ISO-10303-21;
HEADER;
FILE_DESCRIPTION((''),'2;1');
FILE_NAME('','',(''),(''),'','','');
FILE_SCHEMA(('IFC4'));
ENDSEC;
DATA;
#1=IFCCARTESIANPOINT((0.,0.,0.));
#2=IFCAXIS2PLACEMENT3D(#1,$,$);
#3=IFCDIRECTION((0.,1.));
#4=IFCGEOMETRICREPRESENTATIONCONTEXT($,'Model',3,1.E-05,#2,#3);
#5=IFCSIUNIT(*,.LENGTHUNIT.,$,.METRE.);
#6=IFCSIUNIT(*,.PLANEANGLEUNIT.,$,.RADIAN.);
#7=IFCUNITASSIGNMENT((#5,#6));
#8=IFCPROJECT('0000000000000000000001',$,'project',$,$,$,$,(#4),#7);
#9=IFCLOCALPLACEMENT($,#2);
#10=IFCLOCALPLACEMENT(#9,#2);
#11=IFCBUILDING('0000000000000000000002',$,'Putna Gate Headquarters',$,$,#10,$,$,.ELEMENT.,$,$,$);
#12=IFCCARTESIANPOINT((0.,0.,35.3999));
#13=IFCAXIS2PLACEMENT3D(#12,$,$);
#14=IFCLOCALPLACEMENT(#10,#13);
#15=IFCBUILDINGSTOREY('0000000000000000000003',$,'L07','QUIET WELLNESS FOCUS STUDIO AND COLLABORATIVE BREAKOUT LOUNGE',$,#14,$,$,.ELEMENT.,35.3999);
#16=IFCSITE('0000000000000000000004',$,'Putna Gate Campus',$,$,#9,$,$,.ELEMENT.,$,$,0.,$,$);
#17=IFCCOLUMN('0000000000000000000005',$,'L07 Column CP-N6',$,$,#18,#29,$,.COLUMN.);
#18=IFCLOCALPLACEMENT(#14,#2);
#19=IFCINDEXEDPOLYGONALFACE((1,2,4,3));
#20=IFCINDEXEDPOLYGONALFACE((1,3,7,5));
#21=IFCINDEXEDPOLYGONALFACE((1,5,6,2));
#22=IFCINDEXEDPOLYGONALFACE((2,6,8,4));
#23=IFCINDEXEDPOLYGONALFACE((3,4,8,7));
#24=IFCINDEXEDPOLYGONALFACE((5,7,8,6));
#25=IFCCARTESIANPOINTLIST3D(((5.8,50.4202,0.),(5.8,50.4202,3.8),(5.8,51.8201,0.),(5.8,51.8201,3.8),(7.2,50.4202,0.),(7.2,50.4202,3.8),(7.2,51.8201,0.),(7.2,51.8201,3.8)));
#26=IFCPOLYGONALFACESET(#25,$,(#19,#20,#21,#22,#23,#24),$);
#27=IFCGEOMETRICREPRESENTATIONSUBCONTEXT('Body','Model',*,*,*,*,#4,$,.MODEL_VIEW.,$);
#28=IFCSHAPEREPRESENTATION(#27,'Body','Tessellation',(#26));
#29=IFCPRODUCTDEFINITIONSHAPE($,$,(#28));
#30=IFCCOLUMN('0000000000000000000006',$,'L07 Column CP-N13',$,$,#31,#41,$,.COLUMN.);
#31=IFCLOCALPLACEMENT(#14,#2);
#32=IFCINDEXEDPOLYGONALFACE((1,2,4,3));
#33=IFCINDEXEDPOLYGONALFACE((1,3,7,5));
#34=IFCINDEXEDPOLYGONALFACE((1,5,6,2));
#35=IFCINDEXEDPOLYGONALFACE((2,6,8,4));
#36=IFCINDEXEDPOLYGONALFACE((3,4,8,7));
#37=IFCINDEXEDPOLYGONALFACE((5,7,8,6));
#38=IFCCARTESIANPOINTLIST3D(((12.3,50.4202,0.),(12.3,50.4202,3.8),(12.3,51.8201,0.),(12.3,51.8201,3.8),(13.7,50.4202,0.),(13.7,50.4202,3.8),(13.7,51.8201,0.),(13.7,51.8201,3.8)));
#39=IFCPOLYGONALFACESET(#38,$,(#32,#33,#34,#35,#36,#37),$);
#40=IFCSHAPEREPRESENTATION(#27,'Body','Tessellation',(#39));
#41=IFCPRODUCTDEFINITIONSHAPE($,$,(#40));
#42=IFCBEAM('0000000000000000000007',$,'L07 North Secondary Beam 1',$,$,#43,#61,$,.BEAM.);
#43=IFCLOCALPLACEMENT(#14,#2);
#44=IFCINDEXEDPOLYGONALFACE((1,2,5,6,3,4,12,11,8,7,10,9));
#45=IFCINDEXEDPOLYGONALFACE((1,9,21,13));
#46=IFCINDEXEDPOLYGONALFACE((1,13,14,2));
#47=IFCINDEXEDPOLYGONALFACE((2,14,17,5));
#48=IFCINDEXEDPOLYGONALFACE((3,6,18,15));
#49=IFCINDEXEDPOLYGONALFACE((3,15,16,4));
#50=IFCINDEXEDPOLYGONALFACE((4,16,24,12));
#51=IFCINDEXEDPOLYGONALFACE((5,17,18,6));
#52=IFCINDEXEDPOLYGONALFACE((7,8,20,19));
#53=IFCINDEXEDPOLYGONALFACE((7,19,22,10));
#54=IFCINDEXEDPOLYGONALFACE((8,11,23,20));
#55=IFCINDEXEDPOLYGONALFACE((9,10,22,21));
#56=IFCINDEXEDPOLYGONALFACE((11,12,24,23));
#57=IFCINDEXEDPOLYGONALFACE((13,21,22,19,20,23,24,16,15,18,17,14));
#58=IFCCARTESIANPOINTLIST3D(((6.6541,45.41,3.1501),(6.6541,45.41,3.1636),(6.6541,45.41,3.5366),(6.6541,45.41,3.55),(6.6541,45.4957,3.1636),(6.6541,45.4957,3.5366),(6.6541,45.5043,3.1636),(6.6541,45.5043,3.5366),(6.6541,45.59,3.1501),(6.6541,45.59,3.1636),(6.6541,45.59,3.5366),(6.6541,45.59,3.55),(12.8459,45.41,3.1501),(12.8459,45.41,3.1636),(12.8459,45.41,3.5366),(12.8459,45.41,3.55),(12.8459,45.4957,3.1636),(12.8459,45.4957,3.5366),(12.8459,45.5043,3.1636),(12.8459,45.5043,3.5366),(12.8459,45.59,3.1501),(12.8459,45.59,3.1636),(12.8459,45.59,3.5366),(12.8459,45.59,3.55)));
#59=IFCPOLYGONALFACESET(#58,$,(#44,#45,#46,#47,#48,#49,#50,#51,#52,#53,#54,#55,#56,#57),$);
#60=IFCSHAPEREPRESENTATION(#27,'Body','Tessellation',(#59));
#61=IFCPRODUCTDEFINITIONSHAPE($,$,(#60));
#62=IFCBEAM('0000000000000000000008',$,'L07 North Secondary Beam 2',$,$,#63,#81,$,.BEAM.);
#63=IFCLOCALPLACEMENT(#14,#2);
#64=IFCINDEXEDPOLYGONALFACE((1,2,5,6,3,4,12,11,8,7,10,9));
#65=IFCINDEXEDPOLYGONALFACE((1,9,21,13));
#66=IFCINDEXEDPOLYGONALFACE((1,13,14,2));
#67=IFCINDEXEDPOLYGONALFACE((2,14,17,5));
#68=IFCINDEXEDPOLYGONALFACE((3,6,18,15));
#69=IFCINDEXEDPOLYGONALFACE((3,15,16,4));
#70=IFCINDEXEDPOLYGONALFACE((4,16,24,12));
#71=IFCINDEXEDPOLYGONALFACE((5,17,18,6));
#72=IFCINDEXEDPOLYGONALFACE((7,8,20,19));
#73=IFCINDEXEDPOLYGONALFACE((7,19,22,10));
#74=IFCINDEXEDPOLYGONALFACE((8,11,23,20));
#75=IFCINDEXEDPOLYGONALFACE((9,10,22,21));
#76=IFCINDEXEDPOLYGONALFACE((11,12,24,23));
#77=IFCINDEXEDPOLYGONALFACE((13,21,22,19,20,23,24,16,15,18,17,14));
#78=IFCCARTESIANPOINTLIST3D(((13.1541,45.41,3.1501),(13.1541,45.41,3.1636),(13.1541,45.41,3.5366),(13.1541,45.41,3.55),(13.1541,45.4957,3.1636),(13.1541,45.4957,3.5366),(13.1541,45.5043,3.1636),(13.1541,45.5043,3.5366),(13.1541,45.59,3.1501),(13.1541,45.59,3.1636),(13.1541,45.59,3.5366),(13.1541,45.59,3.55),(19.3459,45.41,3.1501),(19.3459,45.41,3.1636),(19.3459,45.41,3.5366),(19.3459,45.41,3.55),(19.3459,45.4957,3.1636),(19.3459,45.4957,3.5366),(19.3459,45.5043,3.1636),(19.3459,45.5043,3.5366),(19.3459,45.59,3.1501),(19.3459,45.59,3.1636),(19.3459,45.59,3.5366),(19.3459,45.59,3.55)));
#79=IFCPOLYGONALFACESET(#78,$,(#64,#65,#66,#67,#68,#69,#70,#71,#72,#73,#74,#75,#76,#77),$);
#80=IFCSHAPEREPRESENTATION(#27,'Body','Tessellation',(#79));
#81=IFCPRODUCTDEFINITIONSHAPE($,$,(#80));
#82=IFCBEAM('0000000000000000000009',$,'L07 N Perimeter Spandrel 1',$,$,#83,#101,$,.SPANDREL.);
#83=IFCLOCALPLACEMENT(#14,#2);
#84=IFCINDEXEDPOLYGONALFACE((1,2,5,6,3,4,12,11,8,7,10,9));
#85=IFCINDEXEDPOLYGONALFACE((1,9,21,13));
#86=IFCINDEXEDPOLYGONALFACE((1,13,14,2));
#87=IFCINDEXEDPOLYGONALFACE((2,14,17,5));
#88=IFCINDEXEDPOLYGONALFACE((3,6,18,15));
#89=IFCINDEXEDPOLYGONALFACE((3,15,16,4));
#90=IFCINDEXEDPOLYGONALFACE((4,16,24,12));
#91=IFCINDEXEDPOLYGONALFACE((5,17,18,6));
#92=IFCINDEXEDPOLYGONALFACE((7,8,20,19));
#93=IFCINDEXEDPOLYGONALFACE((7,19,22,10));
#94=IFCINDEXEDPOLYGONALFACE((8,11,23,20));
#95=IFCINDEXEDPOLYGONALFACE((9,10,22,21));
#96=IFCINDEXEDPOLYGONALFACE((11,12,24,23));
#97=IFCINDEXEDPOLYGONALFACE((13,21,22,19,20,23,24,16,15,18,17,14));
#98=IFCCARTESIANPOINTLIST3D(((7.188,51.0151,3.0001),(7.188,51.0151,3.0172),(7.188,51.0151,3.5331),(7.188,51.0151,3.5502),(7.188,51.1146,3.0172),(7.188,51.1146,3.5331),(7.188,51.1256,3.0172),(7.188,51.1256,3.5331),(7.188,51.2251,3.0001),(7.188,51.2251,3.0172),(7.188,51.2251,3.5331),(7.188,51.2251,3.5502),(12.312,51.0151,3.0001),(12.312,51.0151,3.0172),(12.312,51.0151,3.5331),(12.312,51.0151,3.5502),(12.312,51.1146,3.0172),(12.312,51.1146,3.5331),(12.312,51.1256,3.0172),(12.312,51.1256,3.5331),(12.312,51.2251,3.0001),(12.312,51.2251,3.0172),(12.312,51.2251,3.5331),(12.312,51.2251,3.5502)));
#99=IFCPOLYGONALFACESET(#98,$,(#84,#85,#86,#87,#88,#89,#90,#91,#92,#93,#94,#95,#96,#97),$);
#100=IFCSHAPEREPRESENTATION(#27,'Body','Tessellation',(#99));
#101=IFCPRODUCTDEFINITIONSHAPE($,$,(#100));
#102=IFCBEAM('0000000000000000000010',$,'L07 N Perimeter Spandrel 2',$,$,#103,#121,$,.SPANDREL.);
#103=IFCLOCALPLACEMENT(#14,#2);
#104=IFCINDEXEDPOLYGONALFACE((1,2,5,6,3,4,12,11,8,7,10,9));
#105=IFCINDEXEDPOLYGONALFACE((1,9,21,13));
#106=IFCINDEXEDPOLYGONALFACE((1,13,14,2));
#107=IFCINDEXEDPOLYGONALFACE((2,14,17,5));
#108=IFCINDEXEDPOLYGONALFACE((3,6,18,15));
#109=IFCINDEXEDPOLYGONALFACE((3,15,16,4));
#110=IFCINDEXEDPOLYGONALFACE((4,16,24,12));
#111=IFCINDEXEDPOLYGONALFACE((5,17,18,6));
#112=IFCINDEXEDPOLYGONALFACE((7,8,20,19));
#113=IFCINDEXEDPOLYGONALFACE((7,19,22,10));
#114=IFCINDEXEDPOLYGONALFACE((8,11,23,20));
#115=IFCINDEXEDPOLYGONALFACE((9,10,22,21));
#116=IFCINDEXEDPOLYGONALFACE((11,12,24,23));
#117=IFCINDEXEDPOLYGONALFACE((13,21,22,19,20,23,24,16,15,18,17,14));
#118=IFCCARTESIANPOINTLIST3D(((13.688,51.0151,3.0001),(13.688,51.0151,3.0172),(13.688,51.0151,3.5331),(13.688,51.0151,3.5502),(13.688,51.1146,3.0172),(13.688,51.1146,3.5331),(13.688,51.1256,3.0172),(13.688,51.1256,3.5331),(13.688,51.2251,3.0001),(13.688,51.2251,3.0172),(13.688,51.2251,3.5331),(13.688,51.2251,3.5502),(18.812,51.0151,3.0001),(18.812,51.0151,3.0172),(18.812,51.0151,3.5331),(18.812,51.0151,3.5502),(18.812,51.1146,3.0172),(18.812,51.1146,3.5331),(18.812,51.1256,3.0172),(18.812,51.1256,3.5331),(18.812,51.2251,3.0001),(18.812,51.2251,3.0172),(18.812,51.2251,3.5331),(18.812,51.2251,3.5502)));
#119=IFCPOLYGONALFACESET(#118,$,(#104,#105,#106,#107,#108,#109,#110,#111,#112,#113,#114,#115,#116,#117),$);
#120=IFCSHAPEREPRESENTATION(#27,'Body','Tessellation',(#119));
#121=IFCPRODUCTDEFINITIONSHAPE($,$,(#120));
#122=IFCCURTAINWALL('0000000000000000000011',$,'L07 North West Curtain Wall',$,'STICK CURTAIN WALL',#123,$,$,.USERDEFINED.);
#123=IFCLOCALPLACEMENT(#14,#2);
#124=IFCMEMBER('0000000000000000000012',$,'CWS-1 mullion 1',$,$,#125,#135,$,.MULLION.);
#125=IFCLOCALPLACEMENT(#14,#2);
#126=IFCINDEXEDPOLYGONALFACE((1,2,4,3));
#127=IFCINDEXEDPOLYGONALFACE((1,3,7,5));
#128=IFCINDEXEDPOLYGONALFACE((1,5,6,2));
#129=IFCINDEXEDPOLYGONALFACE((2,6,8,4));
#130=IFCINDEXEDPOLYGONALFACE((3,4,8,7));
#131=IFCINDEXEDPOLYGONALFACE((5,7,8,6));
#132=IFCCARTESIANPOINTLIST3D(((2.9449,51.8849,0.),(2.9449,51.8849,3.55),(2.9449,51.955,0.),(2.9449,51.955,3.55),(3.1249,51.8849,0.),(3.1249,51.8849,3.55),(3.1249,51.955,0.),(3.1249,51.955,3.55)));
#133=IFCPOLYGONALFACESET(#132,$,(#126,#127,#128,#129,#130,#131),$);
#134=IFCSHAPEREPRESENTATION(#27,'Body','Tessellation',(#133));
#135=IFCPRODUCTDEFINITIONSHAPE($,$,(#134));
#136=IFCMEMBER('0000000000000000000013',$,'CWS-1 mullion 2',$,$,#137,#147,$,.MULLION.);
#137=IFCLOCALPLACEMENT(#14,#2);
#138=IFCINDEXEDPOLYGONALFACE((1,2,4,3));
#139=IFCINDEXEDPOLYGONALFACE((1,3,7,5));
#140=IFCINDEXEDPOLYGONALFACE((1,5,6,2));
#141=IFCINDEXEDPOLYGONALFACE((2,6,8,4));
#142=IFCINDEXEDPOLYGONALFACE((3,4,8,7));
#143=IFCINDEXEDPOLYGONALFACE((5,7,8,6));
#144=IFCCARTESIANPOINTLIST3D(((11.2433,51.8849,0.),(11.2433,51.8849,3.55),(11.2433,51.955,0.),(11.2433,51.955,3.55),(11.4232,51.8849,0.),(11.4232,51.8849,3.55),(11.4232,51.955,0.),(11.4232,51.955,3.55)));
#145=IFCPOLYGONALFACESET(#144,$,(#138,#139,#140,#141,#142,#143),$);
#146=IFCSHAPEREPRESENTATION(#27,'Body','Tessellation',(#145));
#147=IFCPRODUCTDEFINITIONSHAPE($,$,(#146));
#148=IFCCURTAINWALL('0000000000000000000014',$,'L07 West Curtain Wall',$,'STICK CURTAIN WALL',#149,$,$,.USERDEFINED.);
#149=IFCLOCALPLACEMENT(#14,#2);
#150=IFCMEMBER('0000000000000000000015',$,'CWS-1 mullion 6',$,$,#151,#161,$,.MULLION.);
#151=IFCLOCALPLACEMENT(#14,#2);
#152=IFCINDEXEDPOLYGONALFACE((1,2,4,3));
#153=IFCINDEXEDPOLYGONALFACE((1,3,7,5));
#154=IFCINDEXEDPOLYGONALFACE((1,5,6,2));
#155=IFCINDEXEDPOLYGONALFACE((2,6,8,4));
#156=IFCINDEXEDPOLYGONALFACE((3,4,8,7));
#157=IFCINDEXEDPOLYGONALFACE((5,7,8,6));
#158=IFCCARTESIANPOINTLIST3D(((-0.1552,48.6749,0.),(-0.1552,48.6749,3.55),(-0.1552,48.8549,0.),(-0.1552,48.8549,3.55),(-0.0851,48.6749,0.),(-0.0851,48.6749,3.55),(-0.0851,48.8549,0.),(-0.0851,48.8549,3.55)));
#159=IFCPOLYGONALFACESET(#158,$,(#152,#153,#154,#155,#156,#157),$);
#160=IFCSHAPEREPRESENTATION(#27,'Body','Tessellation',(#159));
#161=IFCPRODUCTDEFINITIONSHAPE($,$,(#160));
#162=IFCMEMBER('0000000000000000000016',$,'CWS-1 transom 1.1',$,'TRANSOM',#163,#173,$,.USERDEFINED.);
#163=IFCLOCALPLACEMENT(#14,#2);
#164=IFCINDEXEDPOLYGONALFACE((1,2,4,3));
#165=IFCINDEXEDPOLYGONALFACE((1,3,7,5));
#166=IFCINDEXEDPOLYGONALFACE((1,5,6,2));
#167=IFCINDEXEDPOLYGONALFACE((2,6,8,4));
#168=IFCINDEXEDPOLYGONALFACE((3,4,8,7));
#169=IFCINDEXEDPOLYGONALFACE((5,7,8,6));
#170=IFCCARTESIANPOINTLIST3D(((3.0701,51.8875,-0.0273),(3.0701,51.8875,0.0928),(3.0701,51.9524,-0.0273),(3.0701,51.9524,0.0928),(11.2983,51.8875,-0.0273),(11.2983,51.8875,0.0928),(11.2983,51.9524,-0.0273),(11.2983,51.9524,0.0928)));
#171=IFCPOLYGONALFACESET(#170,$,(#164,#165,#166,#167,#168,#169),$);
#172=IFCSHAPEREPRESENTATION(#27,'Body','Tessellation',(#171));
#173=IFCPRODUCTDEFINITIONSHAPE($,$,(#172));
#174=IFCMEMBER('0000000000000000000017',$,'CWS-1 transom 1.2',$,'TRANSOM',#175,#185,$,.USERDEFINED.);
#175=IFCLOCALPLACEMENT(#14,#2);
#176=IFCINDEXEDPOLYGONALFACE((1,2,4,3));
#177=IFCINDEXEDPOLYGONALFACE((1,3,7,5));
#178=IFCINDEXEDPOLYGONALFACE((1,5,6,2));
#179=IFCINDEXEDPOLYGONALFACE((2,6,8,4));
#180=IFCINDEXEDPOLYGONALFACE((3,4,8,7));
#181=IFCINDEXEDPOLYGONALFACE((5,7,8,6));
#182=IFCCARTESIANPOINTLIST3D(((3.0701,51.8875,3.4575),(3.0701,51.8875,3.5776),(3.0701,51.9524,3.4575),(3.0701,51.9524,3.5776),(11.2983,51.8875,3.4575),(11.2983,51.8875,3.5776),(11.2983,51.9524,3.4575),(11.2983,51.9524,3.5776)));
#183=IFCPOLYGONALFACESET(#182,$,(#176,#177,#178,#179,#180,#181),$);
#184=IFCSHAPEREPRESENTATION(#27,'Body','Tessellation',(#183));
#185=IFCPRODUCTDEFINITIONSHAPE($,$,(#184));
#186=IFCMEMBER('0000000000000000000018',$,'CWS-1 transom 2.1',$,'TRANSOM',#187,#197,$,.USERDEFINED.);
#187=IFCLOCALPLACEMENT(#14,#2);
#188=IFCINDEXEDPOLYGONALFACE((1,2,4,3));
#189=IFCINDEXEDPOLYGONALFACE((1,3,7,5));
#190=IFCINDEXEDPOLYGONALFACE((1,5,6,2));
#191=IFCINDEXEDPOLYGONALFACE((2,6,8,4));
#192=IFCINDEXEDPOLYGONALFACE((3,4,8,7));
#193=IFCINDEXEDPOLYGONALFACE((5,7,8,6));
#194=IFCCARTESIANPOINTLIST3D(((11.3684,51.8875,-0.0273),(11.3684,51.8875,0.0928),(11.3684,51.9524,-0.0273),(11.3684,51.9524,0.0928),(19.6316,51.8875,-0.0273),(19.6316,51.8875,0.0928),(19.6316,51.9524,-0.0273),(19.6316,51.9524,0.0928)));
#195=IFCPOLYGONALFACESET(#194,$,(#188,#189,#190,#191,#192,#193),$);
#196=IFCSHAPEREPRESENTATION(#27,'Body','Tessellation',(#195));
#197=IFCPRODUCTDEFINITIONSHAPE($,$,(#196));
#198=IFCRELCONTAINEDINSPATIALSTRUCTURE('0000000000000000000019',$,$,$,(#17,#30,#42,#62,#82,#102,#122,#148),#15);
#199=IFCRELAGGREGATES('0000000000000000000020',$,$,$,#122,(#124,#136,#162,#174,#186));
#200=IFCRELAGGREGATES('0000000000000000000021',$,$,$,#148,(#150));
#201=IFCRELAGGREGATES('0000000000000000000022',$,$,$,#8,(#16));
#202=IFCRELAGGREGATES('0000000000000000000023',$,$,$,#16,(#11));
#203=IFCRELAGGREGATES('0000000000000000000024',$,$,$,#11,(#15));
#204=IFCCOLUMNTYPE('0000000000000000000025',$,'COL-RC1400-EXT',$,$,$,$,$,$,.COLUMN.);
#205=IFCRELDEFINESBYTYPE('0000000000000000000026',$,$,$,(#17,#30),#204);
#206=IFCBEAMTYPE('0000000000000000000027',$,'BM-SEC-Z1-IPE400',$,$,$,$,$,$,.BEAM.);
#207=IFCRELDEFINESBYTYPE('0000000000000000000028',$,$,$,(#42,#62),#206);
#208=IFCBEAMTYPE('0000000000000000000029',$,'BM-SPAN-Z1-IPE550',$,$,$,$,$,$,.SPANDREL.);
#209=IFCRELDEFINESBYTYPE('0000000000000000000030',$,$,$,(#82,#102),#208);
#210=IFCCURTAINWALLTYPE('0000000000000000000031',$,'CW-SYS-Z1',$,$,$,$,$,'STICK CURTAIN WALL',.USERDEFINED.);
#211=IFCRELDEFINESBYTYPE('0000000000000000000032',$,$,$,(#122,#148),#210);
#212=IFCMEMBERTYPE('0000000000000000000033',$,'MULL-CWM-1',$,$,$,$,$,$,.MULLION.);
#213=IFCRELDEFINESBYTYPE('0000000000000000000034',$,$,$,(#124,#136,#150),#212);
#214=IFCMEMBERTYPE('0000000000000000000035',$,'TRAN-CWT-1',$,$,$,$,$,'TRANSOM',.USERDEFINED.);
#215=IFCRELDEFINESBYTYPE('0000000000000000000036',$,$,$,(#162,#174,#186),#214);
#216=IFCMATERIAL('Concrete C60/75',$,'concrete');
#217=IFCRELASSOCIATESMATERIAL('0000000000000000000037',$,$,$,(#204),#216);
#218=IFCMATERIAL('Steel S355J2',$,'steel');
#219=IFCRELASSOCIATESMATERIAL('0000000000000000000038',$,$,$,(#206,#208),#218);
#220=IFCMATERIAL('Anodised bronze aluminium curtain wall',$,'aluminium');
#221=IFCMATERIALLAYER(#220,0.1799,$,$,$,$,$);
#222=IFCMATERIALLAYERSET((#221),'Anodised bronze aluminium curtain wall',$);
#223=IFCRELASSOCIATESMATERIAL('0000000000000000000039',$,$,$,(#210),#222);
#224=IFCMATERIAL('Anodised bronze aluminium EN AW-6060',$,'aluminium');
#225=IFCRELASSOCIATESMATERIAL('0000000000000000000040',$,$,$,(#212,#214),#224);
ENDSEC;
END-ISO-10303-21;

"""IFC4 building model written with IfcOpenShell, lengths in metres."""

from ifc_helpers import new_model, si_unit, direction, frame, origin, origin_2d, place, context, subcontext, project, spatial, rectangle, i_section, extrude, material, layer, layer_set, material_profile, profile_set, type_object, element, aggregate, save


model = new_model("IFC4")

# Units and contexts
model_context = context("Model", 3, precision=1e-05, world=origin(), true_north=direction((0.0, 1.0)))
body_context = subcontext(model_context, "Body", "Model", "MODEL_VIEW")
ifc_project = project(units=[si_unit("LENGTHUNIT", "METRE"), si_unit("PLANEANGLEUNIT", "RADIAN")], contexts=[model_context])

# Site, building, storey
site_placement = place(None, origin())
site = spatial("IfcSite", under=ifc_project, at=site_placement, Name="Putna Gate Campus", CompositionType="ELEMENT", RefElevation=0.0)
building_placement = place(site_placement, origin())
building = spatial("IfcBuilding", under=site, at=building_placement, Name="Putna Gate Headquarters", CompositionType="ELEMENT")
storey_placement = place(building_placement, frame((0.0, 0.0, 35.3999)))
storey = spatial("IfcBuildingStorey", under=building, at=storey_placement, Name="L07", Description="QUIET WELLNESS FOCUS STUDIO AND COLLABORATIVE BREAKOUT LOUNGE", CompositionType="ELEMENT", Elevation=35.3999)

# Columns
ifc_material_1 = material(Name="Concrete C60/75", Category="concrete")
ifc_material_profile_1 = material_profile(ifc_material_1, rectangle(XDim=1.3999, YDim=1.3999, at=origin_2d()), Name="Concrete C60/75")
ifc_profile_set_1 = profile_set([ifc_material_profile_1], Name="Concrete C60/75")
column_type = type_object("IfcColumnType", Name="COL-RC1400-EXT", PredefinedType="COLUMN", material=ifc_profile_set_1)
for number, where, z_axis, x_axis, name in (
    (1, (6.5, 51.1201, 0.0), (0.0, 0.0, 1.0), (1.0, 0.0, 0.0), "L07 Column CP-N6"),
    (2, (13.0, 51.1201, 0.0), (0.0, 0.0, 1.0), (1.0, 0.0, 0.0), "L07 Column CP-N13"),
):
    element("IfcColumn", number, at=place(storey_placement, frame(where, z_axis=z_axis, x_axis=x_axis)), inside=storey, type_object=column_type, Name=name, PredefinedType="COLUMN", context=body_context, shape_type="SweptSolid", body=[
        extrude(rectangle(XDim=1.3999, YDim=1.3999, at=origin_2d()), origin(), (0.0, 0.0, 1.0), 3.8),
    ])

# Beams
ifc_material_2 = material(Name="Steel S355J2", Category="steel")
ifc_material_profile_2 = material_profile(ifc_material_2, i_section(OverallWidth=0.1799, OverallDepth=0.3999, WebThickness=0.0085, FlangeThickness=0.0134, at=origin_2d()), Name="Steel S355J2")
ifc_profile_set_2 = profile_set([ifc_material_profile_2], Name="Steel S355J2")
beam_type_1 = type_object("IfcBeamType", Name="BM-SEC-Z1-IPE400", PredefinedType="BEAM", material=ifc_profile_set_2)
for number, where, z_axis, x_axis, name in (
    (3, (6.6541, 45.5, 3.3501), (1.0, 0.0, 0.0), (0.0, 1.0, 0.0), "L07 North Secondary Beam 1"),
    (4, (13.1541, 45.5, 3.3501), (1.0, 0.0, 0.0), (0.0, 1.0, 0.0), "L07 North Secondary Beam 2"),
):
    element("IfcBeam", number, at=place(storey_placement, frame(where, z_axis=z_axis, x_axis=x_axis)), inside=storey, type_object=beam_type_1, Name=name, PredefinedType="BEAM", context=body_context, shape_type="SweptSolid", body=[
        extrude(i_section(OverallWidth=0.1799, OverallDepth=0.3999, WebThickness=0.0085, FlangeThickness=0.0134, at=origin_2d()), origin(), (0.0, 0.0, 1.0), 6.1919),
    ])
ifc_material_profile_3 = material_profile(ifc_material_2, i_section(OverallWidth=0.21, OverallDepth=0.55, WebThickness=0.011, FlangeThickness=0.0171, at=origin_2d()), Name="Steel S355J2")
ifc_profile_set_3 = profile_set([ifc_material_profile_3], Name="Steel S355J2")
beam_type_2 = type_object("IfcBeamType", Name="BM-SPAN-Z1-IPE550", PredefinedType="SPANDREL", material=ifc_profile_set_3)
for number, where, z_axis, x_axis, name in (
    (5, (7.188, 51.1201, 3.2751), (1.0, 0.0, 0.0), (0.0, 1.0, 0.0), "L07 N Perimeter Spandrel 1"),
    (6, (13.688, 51.1201, 3.2751), (1.0, 0.0, 0.0), (0.0, 1.0, 0.0), "L07 N Perimeter Spandrel 2"),
):
    element("IfcBeam", number, at=place(storey_placement, frame(where, z_axis=z_axis, x_axis=x_axis)), inside=storey, type_object=beam_type_2, Name=name, PredefinedType="SPANDREL", context=body_context, shape_type="SweptSolid", body=[
        extrude(i_section(OverallWidth=0.21, OverallDepth=0.55, WebThickness=0.011, FlangeThickness=0.0171, at=origin_2d()), origin(), (0.0, 0.0, 1.0), 5.124),
    ])

# Curtain wall, members
ifc_material_3 = material(Name="Anodised bronze aluminium curtain wall", Category="aluminium")
ifc_layer_1 = layer(ifc_material_3, 0.1799)
ifc_layer_set_1 = layer_set([ifc_layer_1], Name="Anodised bronze aluminium curtain wall")
curtain_wall_type = type_object("IfcCurtainWallType", Name="CW-SYS-Z1", ElementType="STICK CURTAIN WALL", PredefinedType="USERDEFINED", material=ifc_layer_set_1)
curtain_wall_1_placement = place(storey_placement, origin())
curtain_wall_1 = element("IfcCurtainWall", 7, at=curtain_wall_1_placement, inside=storey, type_object=curtain_wall_type, Name="L07 North West Curtain Wall", ObjectType="STICK CURTAIN WALL", PredefinedType="USERDEFINED")
ifc_material_4 = material(Name="Anodised bronze aluminium EN AW-6060", Category="aluminium")
ifc_material_profile_4 = material_profile(ifc_material_4, rectangle(XDim=0.0701, YDim=0.1799, at=origin_2d()), Name="Anodised bronze aluminium EN AW-6060")
ifc_profile_set_4 = profile_set([ifc_material_profile_4], Name="Anodised bronze aluminium EN AW-6060")
member_type_1 = type_object("IfcMemberType", Name="MULL-CWM-1", PredefinedType="MULLION", material=ifc_profile_set_4)
member_1_placement = place(storey_placement, frame((3.0349, 51.9199, 0.0), z_axis=(0.0, 0.0, 1.0), x_axis=(0.0, 1.0, 0.0)))
member_1 = element("IfcMember", 8, at=member_1_placement, type_object=member_type_1, Name="CWS-1 mullion 1", PredefinedType="MULLION", context=body_context, shape_type="SweptSolid", body=[
    extrude(rectangle(XDim=0.0701, YDim=0.1799, at=origin_2d()), origin(), (0.0, 0.0, 1.0), 3.55),
])
member_2_placement = place(storey_placement, frame((11.3333, 51.9199, 0.0), z_axis=(0.0, 0.0, 1.0), x_axis=(0.0, 1.0, 0.0)))
member_2 = element("IfcMember", 9, at=member_2_placement, type_object=member_type_1, Name="CWS-1 mullion 2", PredefinedType="MULLION", context=body_context, shape_type="SweptSolid", body=[
    extrude(rectangle(XDim=0.0701, YDim=0.1799, at=origin_2d()), origin(), (0.0, 0.0, 1.0), 3.55),
])

# Curtain wall, member
curtain_wall_2_placement = place(storey_placement, origin())
curtain_wall_2 = element("IfcCurtainWall", 10, at=curtain_wall_2_placement, inside=storey, type_object=curtain_wall_type, Name="L07 West Curtain Wall", ObjectType="STICK CURTAIN WALL", PredefinedType="USERDEFINED")
member_3_placement = place(storey_placement, frame((-0.1201, 48.7649, 0.0), z_axis=(0.0, 0.0, 1.0), x_axis=(-1.0, 0.0, 0.0)))
member_3 = element("IfcMember", 11, at=member_3_placement, type_object=member_type_1, Name="CWS-1 mullion 6", PredefinedType="MULLION", context=body_context, shape_type="SweptSolid", body=[
    extrude(rectangle(XDim=0.0701, YDim=0.1799, at=origin_2d()), origin(), (0.0, 0.0, 1.0), 3.55),
])

# Members
ifc_material_profile_5 = material_profile(ifc_material_4, rectangle(XDim=0.0649, YDim=0.1201, at=origin_2d()), Name="Anodised bronze aluminium EN AW-6060")
ifc_profile_set_5 = profile_set([ifc_material_profile_5], Name="Anodised bronze aluminium EN AW-6060")
member_type_2 = type_object("IfcMemberType", Name="TRAN-CWT-1", ElementType="TRANSOM", PredefinedType="USERDEFINED", material=ifc_profile_set_5)
member_4_placement = place(storey_placement, frame((3.0701, 51.9199, 0.0327), z_axis=(1.0, 0.0, 0.0), x_axis=(0.0, 1.0, 0.0)))
member_4 = element("IfcMember", 12, at=member_4_placement, type_object=member_type_2, Name="CWS-1 transom 1.1", ObjectType="TRANSOM", PredefinedType="USERDEFINED", context=body_context, shape_type="SweptSolid", body=[
    extrude(rectangle(XDim=0.0649, YDim=0.1201, at=origin_2d()), origin(), (0.0, 0.0, 1.0), 8.2283),
])
member_5_placement = place(storey_placement, frame((3.0701, 51.9199, 3.5176), z_axis=(1.0, 0.0, 0.0), x_axis=(0.0, 1.0, 0.0)))
member_5 = element("IfcMember", 13, at=member_5_placement, type_object=member_type_2, Name="CWS-1 transom 1.2", ObjectType="TRANSOM", PredefinedType="USERDEFINED", context=body_context, shape_type="SweptSolid", body=[
    extrude(rectangle(XDim=0.0649, YDim=0.1201, at=origin_2d()), origin(), (0.0, 0.0, 1.0), 8.2283),
])
member_6_placement = place(storey_placement, frame((11.3684, 51.9199, 0.0327), z_axis=(1.0, 0.0, 0.0), x_axis=(0.0, 1.0, 0.0)))
member_6 = element("IfcMember", 14, at=member_6_placement, type_object=member_type_2, Name="CWS-1 transom 2.1", ObjectType="TRANSOM", PredefinedType="USERDEFINED", context=body_context, shape_type="SweptSolid", body=[
    extrude(rectangle(XDim=0.0649, YDim=0.1201, at=origin_2d()), origin(), (0.0, 0.0, 1.0), 8.2632),
])

aggregate(curtain_wall_1, [member_1, member_2, member_4, member_5, member_6])
aggregate(curtain_wall_2, [member_3])

save(model, "model.ifc")
